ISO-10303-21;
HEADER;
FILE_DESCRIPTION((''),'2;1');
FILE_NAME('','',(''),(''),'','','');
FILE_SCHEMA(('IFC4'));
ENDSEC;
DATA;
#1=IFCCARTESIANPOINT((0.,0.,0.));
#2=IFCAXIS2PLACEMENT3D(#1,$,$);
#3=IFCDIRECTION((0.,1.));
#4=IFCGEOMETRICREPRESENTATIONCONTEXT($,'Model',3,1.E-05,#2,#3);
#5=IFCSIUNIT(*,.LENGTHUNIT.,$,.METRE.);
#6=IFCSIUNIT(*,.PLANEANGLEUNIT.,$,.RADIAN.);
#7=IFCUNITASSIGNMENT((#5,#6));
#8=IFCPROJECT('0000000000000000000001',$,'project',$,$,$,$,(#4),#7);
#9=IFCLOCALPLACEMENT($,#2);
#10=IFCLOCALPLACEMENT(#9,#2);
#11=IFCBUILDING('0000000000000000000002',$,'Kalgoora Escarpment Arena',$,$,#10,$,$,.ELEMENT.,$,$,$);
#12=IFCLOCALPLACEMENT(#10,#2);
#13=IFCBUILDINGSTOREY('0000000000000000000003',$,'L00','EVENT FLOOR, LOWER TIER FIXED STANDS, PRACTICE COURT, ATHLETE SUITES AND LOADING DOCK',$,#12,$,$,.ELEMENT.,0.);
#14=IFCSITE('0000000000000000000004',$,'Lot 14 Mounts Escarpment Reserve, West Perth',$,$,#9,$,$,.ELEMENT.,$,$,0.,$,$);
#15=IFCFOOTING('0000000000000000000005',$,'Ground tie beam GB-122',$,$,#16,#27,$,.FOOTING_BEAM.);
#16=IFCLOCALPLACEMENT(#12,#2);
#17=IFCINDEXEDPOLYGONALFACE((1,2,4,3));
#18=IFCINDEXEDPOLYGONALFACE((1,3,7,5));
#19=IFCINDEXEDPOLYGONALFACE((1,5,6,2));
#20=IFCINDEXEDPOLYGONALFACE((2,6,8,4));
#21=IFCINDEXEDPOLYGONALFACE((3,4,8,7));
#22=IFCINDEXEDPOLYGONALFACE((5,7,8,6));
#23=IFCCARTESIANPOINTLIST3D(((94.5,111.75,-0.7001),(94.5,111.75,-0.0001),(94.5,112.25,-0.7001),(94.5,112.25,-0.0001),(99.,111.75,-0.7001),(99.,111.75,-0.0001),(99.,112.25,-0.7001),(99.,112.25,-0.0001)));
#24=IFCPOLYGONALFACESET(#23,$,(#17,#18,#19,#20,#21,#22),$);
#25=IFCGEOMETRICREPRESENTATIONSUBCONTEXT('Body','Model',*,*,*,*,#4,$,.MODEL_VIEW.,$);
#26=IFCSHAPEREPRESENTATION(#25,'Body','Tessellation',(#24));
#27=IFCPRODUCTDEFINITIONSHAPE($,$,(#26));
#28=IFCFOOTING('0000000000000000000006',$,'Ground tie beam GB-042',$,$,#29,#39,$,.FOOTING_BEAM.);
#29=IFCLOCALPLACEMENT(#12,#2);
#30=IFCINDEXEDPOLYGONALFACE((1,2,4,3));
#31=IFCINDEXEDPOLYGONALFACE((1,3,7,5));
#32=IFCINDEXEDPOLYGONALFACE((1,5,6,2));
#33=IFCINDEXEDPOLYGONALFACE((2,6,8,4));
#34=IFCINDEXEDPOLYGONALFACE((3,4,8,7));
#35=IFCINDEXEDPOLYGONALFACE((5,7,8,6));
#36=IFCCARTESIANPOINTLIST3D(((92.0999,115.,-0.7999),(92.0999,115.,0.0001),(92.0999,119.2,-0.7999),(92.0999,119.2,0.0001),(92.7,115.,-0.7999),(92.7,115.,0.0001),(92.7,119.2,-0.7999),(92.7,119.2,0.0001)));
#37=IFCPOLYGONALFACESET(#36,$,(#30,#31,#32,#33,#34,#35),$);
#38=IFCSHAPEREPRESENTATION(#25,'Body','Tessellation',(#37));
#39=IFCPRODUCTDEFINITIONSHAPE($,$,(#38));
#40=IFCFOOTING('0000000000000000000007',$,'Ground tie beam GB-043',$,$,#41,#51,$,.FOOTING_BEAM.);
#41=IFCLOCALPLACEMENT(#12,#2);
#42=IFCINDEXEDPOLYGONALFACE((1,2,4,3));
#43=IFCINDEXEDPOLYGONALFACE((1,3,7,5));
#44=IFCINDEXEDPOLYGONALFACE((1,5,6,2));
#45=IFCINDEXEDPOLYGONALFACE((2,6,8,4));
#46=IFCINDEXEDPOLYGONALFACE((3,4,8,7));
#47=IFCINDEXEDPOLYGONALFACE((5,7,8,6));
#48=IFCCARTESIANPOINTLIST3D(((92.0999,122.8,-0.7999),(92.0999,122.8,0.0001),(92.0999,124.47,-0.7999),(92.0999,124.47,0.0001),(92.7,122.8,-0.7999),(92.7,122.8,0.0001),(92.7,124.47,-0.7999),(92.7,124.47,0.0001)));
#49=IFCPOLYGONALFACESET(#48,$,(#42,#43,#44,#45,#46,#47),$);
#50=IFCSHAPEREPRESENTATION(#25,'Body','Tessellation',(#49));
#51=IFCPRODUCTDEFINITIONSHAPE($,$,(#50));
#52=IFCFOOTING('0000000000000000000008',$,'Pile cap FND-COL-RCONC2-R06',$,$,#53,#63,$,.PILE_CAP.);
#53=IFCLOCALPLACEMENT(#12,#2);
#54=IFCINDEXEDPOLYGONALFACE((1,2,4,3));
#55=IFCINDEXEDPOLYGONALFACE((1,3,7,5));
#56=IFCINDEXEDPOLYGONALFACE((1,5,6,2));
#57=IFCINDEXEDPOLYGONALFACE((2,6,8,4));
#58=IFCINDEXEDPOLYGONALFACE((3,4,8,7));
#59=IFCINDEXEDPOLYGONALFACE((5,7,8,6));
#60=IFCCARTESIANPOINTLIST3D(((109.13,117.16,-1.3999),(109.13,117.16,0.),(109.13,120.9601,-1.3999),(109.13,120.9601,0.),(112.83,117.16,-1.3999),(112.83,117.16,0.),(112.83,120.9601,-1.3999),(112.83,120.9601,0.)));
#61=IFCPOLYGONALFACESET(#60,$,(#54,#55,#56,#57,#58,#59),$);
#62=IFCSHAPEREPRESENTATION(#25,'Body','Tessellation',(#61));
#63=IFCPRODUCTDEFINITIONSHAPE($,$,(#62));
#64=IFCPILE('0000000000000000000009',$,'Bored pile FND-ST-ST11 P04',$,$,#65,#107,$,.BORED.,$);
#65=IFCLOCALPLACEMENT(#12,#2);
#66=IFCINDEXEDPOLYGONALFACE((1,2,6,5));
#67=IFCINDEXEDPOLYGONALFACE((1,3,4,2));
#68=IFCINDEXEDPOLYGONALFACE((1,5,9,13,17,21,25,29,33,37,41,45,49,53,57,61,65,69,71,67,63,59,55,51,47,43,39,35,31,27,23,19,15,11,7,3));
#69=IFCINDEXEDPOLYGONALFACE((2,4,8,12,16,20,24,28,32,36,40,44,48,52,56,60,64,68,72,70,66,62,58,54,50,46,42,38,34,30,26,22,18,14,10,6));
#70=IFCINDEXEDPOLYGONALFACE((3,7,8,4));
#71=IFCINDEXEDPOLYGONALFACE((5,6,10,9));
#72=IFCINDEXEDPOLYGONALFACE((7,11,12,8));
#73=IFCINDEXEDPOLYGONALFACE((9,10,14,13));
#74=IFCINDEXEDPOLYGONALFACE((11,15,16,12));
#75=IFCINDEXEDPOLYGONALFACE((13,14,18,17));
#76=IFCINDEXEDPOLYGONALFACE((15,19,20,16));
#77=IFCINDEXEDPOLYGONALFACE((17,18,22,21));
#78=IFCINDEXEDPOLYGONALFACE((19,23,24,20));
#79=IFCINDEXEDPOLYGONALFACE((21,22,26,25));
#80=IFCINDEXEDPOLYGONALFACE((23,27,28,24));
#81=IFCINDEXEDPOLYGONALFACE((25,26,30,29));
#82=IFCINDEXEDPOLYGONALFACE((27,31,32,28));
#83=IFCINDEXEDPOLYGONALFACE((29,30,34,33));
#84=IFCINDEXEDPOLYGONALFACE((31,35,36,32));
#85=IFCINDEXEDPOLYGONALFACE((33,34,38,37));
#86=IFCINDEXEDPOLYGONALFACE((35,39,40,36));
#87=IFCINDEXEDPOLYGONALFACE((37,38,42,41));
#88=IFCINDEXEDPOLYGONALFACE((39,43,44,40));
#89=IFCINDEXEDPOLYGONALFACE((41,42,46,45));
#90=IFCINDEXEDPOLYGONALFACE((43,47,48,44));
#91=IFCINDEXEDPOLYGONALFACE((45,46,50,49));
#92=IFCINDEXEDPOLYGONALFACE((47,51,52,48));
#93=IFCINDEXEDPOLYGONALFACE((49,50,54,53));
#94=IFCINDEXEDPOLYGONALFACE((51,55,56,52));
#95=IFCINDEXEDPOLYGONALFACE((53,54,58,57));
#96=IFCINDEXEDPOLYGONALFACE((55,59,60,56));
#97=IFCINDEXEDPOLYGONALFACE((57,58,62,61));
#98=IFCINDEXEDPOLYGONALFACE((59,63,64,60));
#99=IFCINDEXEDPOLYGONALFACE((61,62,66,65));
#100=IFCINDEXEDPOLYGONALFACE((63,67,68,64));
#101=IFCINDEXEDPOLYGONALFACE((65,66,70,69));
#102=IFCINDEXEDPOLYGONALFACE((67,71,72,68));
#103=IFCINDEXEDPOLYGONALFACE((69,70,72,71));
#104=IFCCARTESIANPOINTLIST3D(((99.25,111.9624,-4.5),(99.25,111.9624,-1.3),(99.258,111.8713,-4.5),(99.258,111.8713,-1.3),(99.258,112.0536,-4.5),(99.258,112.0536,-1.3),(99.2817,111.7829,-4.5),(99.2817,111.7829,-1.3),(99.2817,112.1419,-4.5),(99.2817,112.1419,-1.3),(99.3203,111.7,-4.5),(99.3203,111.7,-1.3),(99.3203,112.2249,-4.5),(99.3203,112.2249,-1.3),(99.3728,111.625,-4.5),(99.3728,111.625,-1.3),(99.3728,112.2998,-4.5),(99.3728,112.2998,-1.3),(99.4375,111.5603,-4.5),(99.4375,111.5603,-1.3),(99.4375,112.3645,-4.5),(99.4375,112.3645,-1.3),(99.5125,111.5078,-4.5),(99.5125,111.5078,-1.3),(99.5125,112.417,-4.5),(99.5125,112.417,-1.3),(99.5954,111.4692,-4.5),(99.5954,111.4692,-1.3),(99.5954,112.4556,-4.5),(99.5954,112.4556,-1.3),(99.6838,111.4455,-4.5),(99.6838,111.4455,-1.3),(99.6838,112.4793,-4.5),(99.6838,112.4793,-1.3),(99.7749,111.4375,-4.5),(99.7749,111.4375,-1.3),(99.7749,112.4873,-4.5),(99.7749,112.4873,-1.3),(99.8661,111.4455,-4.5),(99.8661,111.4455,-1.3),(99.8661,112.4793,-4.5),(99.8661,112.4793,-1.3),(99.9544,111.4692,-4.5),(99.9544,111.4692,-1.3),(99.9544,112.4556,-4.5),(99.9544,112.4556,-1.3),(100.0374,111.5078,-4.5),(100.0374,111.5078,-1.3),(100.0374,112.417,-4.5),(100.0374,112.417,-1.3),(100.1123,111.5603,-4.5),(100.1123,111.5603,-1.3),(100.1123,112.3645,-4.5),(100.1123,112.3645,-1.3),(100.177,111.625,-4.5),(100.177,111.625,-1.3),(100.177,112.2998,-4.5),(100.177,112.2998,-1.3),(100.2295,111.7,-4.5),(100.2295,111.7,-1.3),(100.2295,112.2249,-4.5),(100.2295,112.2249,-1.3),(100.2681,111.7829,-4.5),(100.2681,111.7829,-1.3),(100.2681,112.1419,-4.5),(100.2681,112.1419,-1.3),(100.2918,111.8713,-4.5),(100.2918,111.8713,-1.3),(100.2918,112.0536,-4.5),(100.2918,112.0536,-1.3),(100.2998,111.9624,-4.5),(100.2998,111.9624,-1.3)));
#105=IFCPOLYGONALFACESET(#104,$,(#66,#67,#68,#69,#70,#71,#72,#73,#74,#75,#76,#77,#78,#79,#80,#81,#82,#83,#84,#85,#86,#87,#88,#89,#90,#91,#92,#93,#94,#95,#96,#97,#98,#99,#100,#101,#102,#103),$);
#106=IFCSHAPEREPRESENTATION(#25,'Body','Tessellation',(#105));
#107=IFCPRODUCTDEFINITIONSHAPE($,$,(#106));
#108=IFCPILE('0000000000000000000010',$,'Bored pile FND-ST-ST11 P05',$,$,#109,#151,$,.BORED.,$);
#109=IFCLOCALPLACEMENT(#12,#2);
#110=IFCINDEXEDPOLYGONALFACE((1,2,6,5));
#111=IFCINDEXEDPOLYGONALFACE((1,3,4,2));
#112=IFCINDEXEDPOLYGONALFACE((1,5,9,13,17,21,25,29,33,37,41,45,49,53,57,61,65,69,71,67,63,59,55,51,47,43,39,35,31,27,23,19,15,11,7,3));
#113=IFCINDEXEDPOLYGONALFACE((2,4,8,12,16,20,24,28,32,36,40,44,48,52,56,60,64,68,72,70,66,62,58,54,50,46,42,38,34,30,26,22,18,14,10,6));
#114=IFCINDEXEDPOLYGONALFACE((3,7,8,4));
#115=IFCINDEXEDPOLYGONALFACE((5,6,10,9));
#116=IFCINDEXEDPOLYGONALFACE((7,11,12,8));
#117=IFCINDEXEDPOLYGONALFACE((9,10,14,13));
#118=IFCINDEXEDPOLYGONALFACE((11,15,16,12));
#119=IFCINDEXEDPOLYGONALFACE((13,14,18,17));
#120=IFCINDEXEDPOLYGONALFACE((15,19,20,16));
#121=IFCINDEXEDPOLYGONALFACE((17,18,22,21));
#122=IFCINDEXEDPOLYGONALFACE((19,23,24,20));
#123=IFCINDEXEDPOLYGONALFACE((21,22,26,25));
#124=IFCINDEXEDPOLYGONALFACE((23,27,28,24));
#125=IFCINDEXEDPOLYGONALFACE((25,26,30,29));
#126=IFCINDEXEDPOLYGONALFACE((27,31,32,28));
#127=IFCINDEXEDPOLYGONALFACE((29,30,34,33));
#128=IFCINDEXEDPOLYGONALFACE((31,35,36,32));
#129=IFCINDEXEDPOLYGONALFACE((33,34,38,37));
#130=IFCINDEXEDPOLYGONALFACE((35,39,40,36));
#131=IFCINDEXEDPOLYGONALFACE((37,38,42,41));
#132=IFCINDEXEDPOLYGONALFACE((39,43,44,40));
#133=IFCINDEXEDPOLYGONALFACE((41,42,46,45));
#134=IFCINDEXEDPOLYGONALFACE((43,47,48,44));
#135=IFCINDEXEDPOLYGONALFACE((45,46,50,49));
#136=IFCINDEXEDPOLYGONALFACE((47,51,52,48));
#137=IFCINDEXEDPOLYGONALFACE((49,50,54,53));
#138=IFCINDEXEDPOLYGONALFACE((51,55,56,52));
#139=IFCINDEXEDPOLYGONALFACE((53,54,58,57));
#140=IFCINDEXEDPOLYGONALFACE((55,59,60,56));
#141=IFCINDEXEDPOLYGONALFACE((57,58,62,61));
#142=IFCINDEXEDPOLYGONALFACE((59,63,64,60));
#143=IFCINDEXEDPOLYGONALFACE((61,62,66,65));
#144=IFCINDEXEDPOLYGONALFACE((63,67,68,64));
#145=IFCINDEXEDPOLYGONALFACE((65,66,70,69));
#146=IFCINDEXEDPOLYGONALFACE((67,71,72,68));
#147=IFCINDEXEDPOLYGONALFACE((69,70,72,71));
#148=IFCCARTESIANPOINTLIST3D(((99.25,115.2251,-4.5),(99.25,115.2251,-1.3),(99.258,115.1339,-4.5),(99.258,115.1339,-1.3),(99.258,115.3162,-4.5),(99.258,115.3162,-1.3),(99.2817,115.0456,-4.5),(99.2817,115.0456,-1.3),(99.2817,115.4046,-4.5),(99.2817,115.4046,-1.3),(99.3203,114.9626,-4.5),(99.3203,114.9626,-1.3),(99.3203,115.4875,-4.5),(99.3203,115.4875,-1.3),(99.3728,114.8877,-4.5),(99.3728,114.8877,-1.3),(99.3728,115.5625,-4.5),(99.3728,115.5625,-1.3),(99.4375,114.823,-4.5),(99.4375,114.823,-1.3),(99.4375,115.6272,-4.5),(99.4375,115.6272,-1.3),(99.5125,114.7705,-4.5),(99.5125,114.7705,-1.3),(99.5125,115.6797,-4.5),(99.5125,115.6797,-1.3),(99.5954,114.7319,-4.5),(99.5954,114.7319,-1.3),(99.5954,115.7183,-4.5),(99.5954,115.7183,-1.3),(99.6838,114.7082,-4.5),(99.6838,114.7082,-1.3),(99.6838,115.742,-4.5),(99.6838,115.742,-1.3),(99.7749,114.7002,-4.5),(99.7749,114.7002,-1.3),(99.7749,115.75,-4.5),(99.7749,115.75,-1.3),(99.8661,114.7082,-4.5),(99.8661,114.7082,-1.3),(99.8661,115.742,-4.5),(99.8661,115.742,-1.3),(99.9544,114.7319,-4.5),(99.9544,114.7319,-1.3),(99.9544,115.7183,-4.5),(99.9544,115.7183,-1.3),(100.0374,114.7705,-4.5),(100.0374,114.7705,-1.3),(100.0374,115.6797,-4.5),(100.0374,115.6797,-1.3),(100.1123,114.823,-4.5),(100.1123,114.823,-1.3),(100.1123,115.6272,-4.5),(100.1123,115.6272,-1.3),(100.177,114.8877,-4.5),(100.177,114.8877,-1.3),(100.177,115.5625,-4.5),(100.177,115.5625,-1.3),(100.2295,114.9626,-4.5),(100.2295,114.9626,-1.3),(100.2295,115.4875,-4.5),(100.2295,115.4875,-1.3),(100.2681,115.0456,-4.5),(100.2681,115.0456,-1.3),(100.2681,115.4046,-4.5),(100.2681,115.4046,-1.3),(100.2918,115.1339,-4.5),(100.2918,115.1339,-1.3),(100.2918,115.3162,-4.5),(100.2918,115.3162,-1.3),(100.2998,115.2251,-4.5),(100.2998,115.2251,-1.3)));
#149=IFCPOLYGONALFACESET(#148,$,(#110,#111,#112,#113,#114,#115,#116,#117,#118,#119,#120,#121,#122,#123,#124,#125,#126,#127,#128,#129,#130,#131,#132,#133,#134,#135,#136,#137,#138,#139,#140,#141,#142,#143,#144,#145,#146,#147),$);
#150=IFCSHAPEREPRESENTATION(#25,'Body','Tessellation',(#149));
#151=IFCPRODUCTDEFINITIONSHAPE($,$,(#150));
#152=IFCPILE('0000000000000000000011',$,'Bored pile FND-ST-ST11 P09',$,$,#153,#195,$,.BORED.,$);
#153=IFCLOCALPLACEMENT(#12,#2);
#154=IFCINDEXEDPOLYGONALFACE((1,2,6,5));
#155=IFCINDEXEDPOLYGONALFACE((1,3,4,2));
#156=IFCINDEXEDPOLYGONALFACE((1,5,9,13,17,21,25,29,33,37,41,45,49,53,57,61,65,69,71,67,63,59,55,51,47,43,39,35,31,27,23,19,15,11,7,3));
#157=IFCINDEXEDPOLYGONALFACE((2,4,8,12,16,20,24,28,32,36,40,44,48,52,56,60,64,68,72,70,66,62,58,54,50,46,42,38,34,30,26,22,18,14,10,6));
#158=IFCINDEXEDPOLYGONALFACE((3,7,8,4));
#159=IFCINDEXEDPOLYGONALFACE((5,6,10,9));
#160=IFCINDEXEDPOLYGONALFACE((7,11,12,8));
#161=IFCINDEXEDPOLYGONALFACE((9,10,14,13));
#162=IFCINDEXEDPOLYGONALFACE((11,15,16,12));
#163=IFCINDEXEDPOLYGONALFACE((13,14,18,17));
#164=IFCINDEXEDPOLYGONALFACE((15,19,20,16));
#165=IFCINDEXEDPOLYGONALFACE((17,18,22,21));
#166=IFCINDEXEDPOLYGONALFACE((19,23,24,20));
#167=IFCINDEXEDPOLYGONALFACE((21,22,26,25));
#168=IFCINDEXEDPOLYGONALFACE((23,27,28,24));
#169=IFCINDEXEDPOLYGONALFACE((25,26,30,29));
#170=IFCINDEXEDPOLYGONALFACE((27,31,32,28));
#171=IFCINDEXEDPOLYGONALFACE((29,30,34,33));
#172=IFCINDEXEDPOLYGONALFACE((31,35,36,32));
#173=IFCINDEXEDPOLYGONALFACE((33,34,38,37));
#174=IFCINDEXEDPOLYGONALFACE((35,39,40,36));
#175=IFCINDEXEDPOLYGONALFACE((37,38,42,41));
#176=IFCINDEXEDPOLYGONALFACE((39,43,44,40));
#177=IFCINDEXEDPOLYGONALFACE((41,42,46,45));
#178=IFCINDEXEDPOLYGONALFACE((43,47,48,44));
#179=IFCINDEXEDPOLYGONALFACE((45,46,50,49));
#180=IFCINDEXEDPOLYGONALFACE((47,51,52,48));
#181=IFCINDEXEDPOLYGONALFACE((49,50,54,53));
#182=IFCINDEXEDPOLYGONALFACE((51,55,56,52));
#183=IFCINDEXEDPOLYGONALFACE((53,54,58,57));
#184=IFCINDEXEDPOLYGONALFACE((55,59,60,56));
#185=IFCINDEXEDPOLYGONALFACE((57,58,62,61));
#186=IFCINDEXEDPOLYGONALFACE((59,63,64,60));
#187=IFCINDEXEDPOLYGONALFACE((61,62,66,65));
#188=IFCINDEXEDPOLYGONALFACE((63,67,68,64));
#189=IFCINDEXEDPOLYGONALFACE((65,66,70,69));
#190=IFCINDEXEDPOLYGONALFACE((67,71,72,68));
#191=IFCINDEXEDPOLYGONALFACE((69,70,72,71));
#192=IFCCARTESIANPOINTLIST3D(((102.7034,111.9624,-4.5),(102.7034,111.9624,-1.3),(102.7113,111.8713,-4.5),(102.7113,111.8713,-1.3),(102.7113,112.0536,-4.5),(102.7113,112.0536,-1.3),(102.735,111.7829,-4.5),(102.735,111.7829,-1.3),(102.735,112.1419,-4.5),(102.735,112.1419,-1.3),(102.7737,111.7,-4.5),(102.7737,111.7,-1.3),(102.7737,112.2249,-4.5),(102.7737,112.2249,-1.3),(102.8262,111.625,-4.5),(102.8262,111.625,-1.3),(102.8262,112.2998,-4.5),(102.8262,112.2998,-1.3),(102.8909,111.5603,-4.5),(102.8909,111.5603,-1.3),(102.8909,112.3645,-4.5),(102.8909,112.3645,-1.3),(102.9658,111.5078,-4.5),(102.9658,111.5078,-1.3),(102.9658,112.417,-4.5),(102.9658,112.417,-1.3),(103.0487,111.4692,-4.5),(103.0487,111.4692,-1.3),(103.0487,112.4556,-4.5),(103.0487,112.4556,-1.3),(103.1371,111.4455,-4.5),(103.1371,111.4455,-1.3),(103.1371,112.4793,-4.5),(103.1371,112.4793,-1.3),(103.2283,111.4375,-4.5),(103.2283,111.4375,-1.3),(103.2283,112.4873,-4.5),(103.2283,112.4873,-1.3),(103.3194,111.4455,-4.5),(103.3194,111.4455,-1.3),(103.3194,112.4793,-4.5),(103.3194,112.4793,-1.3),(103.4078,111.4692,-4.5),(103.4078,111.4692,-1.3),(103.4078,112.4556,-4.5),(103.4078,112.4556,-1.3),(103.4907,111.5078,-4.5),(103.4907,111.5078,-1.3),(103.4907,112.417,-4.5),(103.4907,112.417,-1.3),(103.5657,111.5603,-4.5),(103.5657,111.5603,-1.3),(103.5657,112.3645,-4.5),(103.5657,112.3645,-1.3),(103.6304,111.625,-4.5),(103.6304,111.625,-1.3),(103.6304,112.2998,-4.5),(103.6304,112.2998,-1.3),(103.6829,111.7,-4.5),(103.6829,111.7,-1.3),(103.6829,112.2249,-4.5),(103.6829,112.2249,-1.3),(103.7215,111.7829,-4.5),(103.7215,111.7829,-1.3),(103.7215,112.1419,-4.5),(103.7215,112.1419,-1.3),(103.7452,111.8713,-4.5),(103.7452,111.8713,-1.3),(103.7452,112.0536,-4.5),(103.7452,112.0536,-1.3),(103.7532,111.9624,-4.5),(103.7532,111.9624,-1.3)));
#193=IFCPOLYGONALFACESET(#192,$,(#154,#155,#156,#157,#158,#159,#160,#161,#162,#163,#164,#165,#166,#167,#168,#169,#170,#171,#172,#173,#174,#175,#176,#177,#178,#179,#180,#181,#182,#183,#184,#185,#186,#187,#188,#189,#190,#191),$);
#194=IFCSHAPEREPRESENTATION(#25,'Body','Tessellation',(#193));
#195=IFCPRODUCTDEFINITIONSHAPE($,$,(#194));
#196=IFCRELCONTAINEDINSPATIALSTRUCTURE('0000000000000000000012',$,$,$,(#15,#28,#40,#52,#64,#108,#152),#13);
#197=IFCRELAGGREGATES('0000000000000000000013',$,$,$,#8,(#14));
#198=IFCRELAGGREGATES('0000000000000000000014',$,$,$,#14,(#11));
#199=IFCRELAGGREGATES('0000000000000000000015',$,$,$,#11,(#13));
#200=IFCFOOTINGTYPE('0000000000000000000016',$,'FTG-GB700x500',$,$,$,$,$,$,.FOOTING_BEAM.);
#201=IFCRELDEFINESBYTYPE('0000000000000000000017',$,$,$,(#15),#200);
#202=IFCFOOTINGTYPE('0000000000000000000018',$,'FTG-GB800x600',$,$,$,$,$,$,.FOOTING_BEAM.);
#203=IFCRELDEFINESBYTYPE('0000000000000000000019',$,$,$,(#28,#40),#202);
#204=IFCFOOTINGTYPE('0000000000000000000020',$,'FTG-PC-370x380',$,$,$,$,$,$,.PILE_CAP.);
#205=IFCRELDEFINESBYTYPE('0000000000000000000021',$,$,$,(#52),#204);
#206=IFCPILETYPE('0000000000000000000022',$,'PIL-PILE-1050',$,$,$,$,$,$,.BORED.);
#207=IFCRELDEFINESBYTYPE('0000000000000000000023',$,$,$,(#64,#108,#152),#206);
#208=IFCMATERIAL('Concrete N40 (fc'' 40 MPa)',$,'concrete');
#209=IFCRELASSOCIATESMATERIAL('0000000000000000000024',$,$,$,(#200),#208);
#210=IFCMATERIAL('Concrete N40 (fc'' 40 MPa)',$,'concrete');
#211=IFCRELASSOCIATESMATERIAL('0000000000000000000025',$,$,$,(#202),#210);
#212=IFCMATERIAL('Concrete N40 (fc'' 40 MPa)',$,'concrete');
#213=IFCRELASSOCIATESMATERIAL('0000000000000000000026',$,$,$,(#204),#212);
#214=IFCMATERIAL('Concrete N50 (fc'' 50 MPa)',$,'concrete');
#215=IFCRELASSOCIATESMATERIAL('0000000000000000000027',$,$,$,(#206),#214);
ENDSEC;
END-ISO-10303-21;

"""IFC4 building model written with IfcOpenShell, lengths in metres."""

from ifc_helpers import new_model, si_unit, direction, frame, origin, origin_2d, place, context, subcontext, project, spatial, rectangle, circle, extrude, material, material_profile, profile_set, type_object, element, save


model = new_model("IFC4")

# Units and contexts
model_context = context("Model", 3, precision=1e-05, world=origin(), true_north=direction((0.0, 1.0)))
body_context = subcontext(model_context, "Body", "Model", "MODEL_VIEW")
ifc_project = project(units=[si_unit("LENGTHUNIT", "METRE"), si_unit("PLANEANGLEUNIT", "RADIAN")], contexts=[model_context])

# Site, building, storey
site_placement = place(None, origin())
site = spatial("IfcSite", under=ifc_project, at=site_placement, Name="Lot 14 Mounts Escarpment Reserve, West Perth", CompositionType="ELEMENT", RefElevation=0.0)
building_placement = place(site_placement, origin())
building = spatial("IfcBuilding", under=site, at=building_placement, Name="Kalgoora Escarpment Arena", CompositionType="ELEMENT")
storey_placement = place(building_placement, origin())
storey = spatial("IfcBuildingStorey", under=building, at=storey_placement, Name="L00", Description="EVENT FLOOR, LOWER TIER FIXED STANDS, PRACTICE COURT, ATHLETE SUITES AND LOADING DOCK", CompositionType="ELEMENT", Elevation=0.0)

# Footings
ifc_material_1 = material(Name="Concrete N40 (fc' 40 MPa)", Category="concrete")
ifc_material_profile_1 = material_profile(ifc_material_1, rectangle(XDim=0.5, YDim=0.7, at=origin_2d()))
ifc_profile_set_1 = profile_set([ifc_material_profile_1], Name="Concrete N40 (fc' 40 MPa)")
footing_type_1 = type_object("IfcFootingType", Name="FTG-GB700x500", PredefinedType="FOOTING_BEAM", material=ifc_profile_set_1)
footing_1_placement = place(storey_placement, frame((94.5, 112.0, -0.3501), z_axis=(1.0, 0.0, 0.0), x_axis=(0.0, 1.0, 0.0)))
element("IfcFooting", 1, at=footing_1_placement, inside=storey, type_object=footing_type_1, Name="Ground tie beam GB-122", PredefinedType="FOOTING_BEAM", context=body_context, shape_type="SweptSolid", body=[
    extrude(rectangle(XDim=0.5, YDim=0.7, at=origin_2d()), origin(), (0.0, 0.0, 1.0), 4.5),
])
ifc_material_2 = material(Name="Concrete N40 (fc' 40 MPa)", Category="concrete")
ifc_material_profile_2 = material_profile(ifc_material_2, rectangle(XDim=0.6001, YDim=0.8, at=origin_2d()))
ifc_profile_set_2 = profile_set([ifc_material_profile_2], Name="Concrete N40 (fc' 40 MPa)")
footing_type_2 = type_object("IfcFootingType", Name="FTG-GB800x600", PredefinedType="FOOTING_BEAM", material=ifc_profile_set_2)
footing_2_placement = place(storey_placement, frame((92.3999, 115.0, -0.3999), z_axis=(0.0, 1.0, 0.0), x_axis=(-1.0, 0.0, 0.0)))
element("IfcFooting", 2, at=footing_2_placement, inside=storey, type_object=footing_type_2, Name="Ground tie beam GB-042", PredefinedType="FOOTING_BEAM", context=body_context, shape_type="SweptSolid", body=[
    extrude(rectangle(XDim=0.6001, YDim=0.8, at=origin_2d()), origin(), (0.0, 0.0, 1.0), 4.2),
])
footing_3_placement = place(storey_placement, frame((92.3999, 122.8, -0.3999), z_axis=(0.0, 1.0, 0.0), x_axis=(-1.0, 0.0, 0.0)))
element("IfcFooting", 3, at=footing_3_placement, inside=storey, type_object=footing_type_2, Name="Ground tie beam GB-043", PredefinedType="FOOTING_BEAM", context=body_context, shape_type="SweptSolid", body=[
    extrude(rectangle(XDim=0.6001, YDim=0.8, at=origin_2d()), origin(), (0.0, 0.0, 1.0), 1.6699),
])
ifc_material_3 = material(Name="Concrete N40 (fc' 40 MPa)", Category="concrete")
footing_type_3 = type_object("IfcFootingType", Name="FTG-PC-370x380", PredefinedType="PILE_CAP", material=ifc_material_3)
footing_4_placement = place(storey_placement, frame((110.98, 119.0601, -1.3999), z_axis=(0.0, 0.0, 1.0), x_axis=(1.0, 0.0, 0.0)))
element("IfcFooting", 4, at=footing_4_placement, inside=storey, type_object=footing_type_3, Name="Pile cap FND-COL-RCONC2-R06", PredefinedType="PILE_CAP", context=body_context, shape_type="SweptSolid", body=[
    extrude(rectangle(XDim=3.7, YDim=3.8, at=origin_2d()), origin(), (0.0, 0.0, 1.0), 1.3999),
])

# Piles
ifc_material_4 = material(Name="Concrete N50 (fc' 50 MPa)", Category="concrete")
ifc_material_profile_3 = material_profile(ifc_material_4, circle(Radius=0.5249, at=origin_2d()))
ifc_profile_set_3 = profile_set([ifc_material_profile_3], Name="Concrete N50 (fc' 50 MPa)")
pile_type_1 = type_object("IfcPileType", Name="PIL-PILE-1050", PredefinedType="BORED", material=ifc_profile_set_3)
for number, where, z_axis, x_axis, name in (
    (5, (99.7749, 111.9624, -1.3), (0.0, 0.0, -1.0), (1.0, 0.0, 0.0), "Bored pile FND-ST-ST11 P04"),
    (6, (99.7749, 115.2251, -1.3), (0.0, 0.0, -1.0), (1.0, 0.0, 0.0), "Bored pile FND-ST-ST11 P05"),
    (7, (103.2283, 111.9624, -1.3), (0.0, 0.0, -1.0), (1.0, 0.0, 0.0), "Bored pile FND-ST-ST11 P09"),
):
    element("IfcPile", number, at=place(storey_placement, frame(where, z_axis=z_axis, x_axis=x_axis)), inside=storey, type_object=pile_type_1, Name=name, PredefinedType="BORED", context=body_context, shape_type="SweptSolid", body=[
        extrude(circle(Radius=0.5249, at=origin_2d()), origin(), (0.0, 0.0, 1.0), 3.2),
    ])

save(model, "model.ifc")
